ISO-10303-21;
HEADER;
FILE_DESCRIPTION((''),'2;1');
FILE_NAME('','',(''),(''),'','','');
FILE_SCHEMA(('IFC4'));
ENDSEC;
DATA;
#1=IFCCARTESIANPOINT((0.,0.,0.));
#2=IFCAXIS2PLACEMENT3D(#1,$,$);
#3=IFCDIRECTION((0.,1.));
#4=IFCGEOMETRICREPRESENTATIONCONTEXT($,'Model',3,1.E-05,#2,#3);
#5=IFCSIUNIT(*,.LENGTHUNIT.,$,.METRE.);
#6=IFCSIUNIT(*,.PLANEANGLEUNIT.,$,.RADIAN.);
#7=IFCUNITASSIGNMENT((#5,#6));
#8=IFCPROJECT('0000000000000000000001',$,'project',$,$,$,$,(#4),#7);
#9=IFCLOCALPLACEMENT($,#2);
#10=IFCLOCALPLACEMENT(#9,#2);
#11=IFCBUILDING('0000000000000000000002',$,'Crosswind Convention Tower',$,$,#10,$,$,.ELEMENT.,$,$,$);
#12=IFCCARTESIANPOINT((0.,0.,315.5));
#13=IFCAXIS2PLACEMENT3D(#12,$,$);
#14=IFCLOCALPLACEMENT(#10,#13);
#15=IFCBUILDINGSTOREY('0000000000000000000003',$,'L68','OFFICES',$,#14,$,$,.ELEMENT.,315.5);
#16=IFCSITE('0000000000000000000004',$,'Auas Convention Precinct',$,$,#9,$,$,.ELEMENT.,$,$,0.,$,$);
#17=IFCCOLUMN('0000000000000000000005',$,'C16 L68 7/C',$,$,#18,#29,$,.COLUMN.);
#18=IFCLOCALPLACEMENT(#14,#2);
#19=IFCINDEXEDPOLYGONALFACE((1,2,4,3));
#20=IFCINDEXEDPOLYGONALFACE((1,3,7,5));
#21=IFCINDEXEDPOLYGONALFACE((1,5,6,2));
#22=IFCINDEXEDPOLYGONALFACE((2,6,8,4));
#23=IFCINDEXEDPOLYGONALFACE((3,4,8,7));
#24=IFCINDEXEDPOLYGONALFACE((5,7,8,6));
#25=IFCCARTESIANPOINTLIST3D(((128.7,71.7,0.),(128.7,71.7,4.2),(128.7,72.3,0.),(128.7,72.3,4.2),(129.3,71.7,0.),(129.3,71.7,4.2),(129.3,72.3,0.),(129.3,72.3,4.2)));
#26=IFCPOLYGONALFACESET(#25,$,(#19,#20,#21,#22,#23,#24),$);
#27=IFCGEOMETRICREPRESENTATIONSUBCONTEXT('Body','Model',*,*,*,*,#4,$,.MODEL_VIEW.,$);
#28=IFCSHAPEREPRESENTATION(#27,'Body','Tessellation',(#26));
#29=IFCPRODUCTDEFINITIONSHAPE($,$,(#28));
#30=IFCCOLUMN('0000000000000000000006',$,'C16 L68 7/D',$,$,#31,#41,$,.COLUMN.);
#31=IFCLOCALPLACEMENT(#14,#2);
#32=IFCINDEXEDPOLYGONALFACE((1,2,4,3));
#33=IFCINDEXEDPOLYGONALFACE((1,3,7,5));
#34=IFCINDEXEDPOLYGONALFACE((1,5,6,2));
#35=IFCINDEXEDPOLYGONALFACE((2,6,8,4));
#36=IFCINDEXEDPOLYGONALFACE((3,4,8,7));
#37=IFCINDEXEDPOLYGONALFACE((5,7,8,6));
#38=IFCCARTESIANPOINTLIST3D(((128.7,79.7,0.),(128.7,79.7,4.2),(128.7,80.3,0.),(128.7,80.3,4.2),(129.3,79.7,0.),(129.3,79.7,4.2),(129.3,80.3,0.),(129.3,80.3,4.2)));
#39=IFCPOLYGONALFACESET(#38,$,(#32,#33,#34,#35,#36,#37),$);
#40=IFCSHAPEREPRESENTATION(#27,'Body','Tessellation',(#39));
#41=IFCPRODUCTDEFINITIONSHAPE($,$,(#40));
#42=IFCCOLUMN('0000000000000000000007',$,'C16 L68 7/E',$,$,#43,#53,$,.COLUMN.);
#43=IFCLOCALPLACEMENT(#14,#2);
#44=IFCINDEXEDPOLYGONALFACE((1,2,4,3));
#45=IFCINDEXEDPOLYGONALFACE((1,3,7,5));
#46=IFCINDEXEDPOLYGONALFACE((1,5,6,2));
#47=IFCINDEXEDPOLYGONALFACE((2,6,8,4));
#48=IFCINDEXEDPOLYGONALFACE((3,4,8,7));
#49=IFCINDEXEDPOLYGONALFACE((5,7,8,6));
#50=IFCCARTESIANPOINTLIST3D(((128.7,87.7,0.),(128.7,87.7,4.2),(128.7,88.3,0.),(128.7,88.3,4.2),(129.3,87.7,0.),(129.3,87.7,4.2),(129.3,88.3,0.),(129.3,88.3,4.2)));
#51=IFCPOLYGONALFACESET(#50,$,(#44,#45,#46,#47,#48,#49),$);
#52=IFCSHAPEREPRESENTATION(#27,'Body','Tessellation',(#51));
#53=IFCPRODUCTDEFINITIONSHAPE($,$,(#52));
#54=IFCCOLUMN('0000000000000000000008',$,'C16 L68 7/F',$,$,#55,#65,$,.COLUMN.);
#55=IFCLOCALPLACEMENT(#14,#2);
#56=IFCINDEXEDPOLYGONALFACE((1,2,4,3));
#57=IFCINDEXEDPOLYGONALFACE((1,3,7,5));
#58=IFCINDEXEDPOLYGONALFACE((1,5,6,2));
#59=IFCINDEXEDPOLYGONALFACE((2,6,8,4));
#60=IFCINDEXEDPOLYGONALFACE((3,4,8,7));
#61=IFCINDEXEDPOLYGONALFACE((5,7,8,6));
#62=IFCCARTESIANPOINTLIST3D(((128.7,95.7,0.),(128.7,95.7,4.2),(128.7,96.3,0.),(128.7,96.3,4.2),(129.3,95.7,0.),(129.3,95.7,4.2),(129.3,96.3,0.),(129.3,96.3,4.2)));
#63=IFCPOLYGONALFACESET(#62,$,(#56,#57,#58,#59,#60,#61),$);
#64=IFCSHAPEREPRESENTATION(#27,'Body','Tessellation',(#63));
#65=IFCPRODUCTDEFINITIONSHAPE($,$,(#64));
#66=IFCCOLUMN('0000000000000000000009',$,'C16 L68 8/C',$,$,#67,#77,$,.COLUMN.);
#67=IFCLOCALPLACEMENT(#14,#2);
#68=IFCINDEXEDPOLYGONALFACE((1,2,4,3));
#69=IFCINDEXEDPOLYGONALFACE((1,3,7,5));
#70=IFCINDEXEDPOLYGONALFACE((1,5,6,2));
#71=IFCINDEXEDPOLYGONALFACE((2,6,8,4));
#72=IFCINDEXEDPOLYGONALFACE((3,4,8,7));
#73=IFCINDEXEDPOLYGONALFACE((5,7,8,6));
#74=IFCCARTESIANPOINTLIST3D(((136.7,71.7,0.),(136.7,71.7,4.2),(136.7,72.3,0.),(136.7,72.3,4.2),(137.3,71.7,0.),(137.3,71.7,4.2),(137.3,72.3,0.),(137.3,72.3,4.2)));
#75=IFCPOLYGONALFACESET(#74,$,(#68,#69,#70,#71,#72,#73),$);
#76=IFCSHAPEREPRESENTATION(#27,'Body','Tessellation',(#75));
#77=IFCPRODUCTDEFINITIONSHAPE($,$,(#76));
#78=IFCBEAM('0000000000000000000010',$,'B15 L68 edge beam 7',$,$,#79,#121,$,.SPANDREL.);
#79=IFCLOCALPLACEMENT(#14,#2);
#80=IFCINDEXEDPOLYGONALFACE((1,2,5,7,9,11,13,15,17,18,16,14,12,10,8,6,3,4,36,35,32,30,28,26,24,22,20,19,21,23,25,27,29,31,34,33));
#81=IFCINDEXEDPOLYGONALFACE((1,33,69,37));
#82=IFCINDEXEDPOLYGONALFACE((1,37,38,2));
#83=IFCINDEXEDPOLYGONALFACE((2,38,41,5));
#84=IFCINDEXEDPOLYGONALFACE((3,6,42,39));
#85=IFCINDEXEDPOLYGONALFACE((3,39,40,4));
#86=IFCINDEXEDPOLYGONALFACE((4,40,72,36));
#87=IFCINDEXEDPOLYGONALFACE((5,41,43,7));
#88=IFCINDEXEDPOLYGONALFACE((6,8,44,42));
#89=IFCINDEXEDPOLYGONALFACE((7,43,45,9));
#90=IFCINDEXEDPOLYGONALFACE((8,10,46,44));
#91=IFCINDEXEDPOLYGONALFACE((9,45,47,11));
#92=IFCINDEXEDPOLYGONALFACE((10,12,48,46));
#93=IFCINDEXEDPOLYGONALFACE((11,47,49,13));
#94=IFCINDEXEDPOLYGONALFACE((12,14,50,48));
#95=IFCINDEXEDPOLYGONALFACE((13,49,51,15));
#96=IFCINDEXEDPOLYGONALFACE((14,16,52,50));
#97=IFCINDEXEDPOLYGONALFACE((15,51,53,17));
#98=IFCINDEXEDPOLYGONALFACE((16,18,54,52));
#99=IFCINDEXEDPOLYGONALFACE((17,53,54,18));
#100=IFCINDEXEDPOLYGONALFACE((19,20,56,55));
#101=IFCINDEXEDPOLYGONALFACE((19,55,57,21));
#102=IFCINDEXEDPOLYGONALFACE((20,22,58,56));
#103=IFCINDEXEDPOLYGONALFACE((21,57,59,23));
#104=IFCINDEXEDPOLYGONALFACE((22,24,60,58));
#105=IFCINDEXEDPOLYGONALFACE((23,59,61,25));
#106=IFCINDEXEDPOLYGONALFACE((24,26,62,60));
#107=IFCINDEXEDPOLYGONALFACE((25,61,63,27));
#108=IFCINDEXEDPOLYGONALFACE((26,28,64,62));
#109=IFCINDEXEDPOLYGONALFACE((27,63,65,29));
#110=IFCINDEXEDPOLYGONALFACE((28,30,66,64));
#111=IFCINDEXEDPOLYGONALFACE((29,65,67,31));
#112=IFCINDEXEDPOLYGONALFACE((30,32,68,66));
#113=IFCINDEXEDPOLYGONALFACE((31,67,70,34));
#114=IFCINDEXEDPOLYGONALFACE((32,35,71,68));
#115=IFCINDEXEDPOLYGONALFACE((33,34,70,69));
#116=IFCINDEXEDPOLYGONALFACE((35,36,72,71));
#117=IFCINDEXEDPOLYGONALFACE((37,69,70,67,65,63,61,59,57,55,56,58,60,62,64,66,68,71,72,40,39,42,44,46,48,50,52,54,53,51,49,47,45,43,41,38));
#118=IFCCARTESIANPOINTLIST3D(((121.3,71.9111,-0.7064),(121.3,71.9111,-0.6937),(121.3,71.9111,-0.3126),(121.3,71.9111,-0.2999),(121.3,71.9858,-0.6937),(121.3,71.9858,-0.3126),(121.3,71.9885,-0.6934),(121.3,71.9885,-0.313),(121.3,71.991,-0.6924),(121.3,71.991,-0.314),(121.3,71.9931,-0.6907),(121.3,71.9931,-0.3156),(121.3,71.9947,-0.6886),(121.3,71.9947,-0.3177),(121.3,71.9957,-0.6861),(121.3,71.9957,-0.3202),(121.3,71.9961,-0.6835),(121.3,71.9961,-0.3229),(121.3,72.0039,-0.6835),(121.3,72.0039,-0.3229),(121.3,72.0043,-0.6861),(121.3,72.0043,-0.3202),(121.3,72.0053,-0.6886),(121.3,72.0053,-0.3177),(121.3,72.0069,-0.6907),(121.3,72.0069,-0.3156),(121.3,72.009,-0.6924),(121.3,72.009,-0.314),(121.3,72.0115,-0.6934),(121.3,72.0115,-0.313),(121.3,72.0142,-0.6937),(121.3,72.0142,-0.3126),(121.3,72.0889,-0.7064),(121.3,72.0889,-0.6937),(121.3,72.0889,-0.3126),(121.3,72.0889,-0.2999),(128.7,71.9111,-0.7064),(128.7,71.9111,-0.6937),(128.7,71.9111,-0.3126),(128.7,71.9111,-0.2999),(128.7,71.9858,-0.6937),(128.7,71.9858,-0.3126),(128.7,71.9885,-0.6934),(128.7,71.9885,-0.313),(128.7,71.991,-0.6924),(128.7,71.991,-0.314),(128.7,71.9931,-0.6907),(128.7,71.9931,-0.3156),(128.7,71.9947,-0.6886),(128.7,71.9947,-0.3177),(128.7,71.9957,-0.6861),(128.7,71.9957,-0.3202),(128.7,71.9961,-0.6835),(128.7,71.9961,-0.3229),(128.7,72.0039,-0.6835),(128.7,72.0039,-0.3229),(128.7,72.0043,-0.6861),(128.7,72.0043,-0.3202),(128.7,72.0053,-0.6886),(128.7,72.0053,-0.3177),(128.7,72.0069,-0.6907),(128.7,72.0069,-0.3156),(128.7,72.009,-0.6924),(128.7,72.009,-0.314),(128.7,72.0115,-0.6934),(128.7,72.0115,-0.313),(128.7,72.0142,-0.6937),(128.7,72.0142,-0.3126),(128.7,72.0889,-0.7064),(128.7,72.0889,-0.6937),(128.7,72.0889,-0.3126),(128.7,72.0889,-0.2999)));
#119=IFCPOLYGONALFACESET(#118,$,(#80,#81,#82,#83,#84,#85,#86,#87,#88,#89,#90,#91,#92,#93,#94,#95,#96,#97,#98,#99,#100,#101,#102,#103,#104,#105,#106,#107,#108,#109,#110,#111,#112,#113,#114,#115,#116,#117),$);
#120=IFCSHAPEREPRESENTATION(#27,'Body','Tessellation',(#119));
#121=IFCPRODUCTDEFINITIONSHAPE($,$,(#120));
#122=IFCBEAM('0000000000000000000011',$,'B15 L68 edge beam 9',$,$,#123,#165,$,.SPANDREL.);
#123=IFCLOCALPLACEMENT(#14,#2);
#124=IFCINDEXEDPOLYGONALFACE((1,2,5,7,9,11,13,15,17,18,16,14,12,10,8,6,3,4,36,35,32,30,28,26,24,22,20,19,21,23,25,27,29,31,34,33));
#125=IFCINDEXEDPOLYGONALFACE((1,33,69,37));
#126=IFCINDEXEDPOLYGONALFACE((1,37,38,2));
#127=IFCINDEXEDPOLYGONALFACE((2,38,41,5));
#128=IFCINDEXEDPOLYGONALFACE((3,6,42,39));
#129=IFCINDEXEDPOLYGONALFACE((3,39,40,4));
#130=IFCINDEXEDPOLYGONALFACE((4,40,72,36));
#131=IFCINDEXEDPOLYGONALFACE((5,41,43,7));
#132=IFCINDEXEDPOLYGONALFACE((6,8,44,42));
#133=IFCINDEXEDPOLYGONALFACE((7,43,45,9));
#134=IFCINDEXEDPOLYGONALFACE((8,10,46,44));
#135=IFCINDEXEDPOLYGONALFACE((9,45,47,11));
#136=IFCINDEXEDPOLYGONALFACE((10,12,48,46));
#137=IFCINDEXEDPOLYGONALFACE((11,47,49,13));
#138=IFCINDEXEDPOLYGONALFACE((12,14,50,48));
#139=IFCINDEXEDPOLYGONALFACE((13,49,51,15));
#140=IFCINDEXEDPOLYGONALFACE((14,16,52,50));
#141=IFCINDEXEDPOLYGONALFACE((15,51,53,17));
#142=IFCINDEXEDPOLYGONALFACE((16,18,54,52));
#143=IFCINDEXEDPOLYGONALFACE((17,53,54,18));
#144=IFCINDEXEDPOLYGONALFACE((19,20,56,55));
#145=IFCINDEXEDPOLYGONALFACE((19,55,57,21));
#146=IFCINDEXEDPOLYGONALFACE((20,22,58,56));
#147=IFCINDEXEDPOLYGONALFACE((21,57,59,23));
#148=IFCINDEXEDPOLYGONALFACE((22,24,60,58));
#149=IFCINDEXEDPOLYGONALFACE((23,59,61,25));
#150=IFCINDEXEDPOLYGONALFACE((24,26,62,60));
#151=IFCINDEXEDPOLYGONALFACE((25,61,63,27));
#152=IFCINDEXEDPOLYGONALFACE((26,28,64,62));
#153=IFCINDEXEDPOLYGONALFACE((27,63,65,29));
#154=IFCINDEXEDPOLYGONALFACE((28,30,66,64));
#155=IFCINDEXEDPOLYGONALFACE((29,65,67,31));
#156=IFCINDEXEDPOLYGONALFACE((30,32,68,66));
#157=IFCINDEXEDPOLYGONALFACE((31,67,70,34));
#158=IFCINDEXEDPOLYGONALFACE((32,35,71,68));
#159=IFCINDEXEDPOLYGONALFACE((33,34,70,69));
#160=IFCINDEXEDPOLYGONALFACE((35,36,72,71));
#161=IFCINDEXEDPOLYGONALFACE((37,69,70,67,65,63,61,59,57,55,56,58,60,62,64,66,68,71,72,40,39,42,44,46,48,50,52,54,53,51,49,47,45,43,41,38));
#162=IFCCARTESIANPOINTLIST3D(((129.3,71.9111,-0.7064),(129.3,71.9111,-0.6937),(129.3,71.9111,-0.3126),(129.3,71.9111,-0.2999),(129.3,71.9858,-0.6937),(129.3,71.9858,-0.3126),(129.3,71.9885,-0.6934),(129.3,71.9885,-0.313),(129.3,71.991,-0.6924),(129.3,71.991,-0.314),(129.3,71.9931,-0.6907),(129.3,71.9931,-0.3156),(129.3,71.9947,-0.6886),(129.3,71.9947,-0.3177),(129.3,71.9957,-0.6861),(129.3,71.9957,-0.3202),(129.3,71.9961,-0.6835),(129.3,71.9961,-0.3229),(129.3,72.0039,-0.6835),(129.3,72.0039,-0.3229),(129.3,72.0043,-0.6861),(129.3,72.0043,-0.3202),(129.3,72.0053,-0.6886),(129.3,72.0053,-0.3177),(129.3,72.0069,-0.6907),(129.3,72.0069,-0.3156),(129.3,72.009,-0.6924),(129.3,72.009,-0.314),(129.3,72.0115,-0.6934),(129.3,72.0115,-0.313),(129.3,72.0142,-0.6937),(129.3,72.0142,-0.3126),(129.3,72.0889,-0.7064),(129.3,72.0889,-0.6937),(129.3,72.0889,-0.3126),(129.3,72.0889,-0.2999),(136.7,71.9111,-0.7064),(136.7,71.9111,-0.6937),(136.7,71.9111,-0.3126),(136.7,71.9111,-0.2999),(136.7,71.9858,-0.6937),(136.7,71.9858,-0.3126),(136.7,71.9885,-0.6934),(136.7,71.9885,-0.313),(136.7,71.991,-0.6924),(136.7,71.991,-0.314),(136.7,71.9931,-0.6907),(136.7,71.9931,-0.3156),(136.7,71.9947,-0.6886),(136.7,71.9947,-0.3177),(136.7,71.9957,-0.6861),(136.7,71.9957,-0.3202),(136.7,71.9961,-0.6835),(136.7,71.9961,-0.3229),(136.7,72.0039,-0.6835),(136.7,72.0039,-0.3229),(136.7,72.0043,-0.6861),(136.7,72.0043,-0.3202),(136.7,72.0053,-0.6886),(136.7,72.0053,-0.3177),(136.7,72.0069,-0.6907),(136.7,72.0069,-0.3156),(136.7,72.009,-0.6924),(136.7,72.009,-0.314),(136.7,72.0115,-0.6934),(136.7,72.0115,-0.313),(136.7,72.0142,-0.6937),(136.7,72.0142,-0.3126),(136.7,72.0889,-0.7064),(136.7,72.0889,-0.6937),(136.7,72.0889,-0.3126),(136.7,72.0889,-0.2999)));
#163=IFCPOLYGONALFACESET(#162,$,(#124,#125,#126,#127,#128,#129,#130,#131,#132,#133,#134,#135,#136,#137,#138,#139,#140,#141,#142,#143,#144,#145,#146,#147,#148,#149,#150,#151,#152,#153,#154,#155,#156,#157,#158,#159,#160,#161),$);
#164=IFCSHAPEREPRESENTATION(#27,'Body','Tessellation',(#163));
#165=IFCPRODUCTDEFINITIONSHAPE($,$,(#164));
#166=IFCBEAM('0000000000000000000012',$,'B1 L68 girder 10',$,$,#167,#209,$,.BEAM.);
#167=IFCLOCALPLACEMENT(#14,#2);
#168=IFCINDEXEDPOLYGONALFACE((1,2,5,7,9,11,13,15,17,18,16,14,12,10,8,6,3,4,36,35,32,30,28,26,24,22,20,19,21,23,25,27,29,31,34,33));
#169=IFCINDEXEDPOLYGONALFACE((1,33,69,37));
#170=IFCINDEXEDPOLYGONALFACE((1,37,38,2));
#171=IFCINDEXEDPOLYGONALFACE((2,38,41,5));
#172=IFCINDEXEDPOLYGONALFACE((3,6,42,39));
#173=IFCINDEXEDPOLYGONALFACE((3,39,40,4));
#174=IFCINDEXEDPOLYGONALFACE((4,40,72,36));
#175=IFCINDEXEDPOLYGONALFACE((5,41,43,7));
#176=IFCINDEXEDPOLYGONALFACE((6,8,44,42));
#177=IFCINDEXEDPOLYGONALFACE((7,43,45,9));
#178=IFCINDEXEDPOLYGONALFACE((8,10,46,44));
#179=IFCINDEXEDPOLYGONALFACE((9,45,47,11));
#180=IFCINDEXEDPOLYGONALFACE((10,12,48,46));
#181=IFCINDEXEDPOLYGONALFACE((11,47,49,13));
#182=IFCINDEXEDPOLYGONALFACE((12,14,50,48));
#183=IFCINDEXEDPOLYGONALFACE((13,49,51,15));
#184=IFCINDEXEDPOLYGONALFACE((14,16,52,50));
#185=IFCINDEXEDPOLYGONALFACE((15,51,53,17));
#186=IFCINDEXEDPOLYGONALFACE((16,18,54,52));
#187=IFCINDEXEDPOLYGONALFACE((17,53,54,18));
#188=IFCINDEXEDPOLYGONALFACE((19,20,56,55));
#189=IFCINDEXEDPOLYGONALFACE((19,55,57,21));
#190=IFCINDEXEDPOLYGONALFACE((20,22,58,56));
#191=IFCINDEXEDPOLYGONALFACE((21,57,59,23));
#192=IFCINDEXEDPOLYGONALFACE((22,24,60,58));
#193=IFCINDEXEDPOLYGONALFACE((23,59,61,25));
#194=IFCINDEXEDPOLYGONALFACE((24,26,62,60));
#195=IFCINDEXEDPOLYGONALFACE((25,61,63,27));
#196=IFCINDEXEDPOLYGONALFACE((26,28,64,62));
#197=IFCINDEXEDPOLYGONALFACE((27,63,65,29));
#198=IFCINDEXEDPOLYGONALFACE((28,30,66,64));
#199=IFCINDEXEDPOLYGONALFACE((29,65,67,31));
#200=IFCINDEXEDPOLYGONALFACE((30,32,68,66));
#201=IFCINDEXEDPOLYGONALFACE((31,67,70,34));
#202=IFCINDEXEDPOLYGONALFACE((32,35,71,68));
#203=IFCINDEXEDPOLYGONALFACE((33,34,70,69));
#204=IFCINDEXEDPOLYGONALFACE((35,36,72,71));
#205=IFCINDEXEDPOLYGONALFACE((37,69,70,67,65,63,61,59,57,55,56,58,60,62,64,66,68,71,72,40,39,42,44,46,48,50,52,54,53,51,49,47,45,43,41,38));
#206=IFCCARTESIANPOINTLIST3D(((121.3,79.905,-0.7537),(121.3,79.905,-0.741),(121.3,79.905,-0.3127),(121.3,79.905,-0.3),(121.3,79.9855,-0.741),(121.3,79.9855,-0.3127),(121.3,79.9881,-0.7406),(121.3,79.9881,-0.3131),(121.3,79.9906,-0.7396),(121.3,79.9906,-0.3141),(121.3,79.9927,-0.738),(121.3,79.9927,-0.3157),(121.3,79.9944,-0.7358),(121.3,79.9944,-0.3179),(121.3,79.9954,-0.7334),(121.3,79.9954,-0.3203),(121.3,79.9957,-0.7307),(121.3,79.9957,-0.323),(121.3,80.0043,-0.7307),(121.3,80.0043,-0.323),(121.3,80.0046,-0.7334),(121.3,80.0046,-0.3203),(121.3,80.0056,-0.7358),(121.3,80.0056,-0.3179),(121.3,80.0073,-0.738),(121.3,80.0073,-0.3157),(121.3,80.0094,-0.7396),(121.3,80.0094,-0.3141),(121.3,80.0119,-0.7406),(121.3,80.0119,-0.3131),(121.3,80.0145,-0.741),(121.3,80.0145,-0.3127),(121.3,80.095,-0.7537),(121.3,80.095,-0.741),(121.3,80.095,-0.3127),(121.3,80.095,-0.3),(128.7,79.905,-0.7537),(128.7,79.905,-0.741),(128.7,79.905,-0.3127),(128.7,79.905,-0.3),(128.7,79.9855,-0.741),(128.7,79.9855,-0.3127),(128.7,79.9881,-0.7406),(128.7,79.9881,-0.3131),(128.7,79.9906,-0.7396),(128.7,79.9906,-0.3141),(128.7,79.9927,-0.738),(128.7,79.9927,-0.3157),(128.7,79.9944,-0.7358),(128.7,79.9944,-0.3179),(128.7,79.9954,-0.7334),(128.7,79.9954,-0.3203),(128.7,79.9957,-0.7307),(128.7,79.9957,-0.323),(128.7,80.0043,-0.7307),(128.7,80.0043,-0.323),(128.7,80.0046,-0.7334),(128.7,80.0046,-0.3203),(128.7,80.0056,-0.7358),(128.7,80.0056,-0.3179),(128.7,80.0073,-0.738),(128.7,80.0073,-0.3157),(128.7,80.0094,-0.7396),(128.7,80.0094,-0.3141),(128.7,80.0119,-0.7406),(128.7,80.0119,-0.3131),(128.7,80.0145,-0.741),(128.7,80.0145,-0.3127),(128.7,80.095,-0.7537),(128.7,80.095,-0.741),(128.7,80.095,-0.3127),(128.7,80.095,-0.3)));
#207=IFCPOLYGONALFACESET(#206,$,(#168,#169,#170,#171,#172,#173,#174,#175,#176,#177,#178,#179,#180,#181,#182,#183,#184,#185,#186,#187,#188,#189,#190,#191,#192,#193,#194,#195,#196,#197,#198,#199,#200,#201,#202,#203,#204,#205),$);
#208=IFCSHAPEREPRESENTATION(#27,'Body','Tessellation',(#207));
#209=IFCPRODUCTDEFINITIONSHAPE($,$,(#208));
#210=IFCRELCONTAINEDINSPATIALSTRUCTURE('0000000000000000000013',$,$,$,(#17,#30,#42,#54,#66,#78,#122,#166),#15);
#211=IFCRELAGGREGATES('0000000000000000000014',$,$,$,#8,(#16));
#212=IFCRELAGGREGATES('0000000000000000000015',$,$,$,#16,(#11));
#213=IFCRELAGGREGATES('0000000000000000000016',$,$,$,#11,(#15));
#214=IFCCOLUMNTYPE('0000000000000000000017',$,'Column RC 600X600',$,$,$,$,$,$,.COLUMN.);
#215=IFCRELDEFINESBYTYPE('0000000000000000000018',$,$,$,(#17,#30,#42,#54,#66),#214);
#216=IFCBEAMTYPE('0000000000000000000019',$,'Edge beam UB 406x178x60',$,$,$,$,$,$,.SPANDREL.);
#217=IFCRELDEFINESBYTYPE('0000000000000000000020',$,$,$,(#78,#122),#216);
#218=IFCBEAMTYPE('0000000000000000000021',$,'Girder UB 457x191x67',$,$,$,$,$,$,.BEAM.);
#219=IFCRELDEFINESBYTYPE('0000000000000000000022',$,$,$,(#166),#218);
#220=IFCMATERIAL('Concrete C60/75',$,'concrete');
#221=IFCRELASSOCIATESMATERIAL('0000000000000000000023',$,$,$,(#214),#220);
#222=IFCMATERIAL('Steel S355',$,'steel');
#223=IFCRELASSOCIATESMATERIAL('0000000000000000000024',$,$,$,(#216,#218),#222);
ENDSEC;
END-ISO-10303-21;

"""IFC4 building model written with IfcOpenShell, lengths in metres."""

from ifc_helpers import new_model, si_unit, direction, frame, origin, origin_2d, place, context, subcontext, project, spatial, rectangle, i_section, extrude, material, material_profile, profile_set, type_object, element, save


model = new_model("IFC4")

# Units and contexts
model_context = context("Model", 3, precision=1e-05, world=origin(), true_north=direction((0.0, 1.0)))
body_context = subcontext(model_context, "Body", "Model", "MODEL_VIEW")
ifc_project = project(units=[si_unit("LENGTHUNIT", "METRE"), si_unit("PLANEANGLEUNIT", "RADIAN")], contexts=[model_context])

# Site, building, storey
site_placement = place(None, origin())
site = spatial("IfcSite", under=ifc_project, at=site_placement, Name="Auas Convention Precinct", CompositionType="ELEMENT", RefElevation=0.0)
building_placement = place(site_placement, origin())
building = spatial("IfcBuilding", under=site, at=building_placement, Name="Crosswind Convention Tower", CompositionType="ELEMENT")
storey_placement = place(building_placement, frame((0.0, 0.0, 315.5)))
storey = spatial("IfcBuildingStorey", under=building, at=storey_placement, Name="L68", Description="OFFICES", CompositionType="ELEMENT", Elevation=315.5)

# Columns
ifc_material_1 = material(Name="Concrete C60/75", Category="concrete")
ifc_material_profile_1 = material_profile(ifc_material_1, rectangle(XDim=0.6001, YDim=0.6001, at=origin_2d()), Name="RC 600X600")
ifc_profile_set_1 = profile_set([ifc_material_profile_1], Name="Concrete C60/75")
column_type = type_object("IfcColumnType", Name="Column RC 600X600", PredefinedType="COLUMN", material=ifc_profile_set_1)
for number, where, z_axis, x_axis, name in (
    (1, (129.0, 72.0, 0.0), (0.0, 0.0, 1.0), (1.0, 0.0, 0.0), "C16 L68 7/C"),
    (2, (129.0, 80.0, 0.0), (0.0, 0.0, 1.0), (1.0, 0.0, 0.0), "C16 L68 7/D"),
    (3, (129.0, 88.0, 0.0), (0.0, 0.0, 1.0), (1.0, 0.0, 0.0), "C16 L68 7/E"),
    (4, (129.0, 96.0, 0.0), (0.0, 0.0, 1.0), (1.0, 0.0, 0.0), "C16 L68 7/F"),
    (5, (137.0, 72.0, 0.0), (0.0, 0.0, 1.0), (1.0, 0.0, 0.0), "C16 L68 8/C"),
):
    element("IfcColumn", number, at=place(storey_placement, frame(where, z_axis=z_axis, x_axis=x_axis)), inside=storey, type_object=column_type, Name=name, PredefinedType="COLUMN", context=body_context, shape_type="SweptSolid", body=[
        extrude(rectangle(XDim=0.6001, YDim=0.6001, at=origin_2d()), origin(), (0.0, 0.0, 1.0), 4.2),
    ])

# Beams
ifc_material_2 = material(Name="Steel S355", Category="steel")
ifc_material_profile_2 = material_profile(ifc_material_2, i_section(OverallWidth=0.1777, OverallDepth=0.4065, WebThickness=0.0078, FlangeThickness=0.0127, FilletRadius=0.0103, at=origin_2d()), Name="UB 406x178x60")
ifc_profile_set_2 = profile_set([ifc_material_profile_2], Name="Steel S355")
beam_type_1 = type_object("IfcBeamType", Name="Edge beam UB 406x178x60", PredefinedType="SPANDREL", material=ifc_profile_set_2)
for number, where, z_axis, x_axis, name in (
    (6, (121.3, 72.0, -0.5032), (1.0, 0.0, 0.0), (0.0, 1.0, 0.0), "B15 L68 edge beam 7"),
    (7, (129.3, 72.0, -0.5032), (1.0, 0.0, 0.0), (0.0, 1.0, 0.0), "B15 L68 edge beam 9"),
):
    element("IfcBeam", number, at=place(storey_placement, frame(where, z_axis=z_axis, x_axis=x_axis)), inside=storey, type_object=beam_type_1, Name=name, PredefinedType="SPANDREL", context=body_context, shape_type="SweptSolid", body=[
        extrude(i_section(OverallWidth=0.1777, OverallDepth=0.4065, WebThickness=0.0078, FlangeThickness=0.0127, FilletRadius=0.0103, at=origin_2d()), origin(), (0.0, 0.0, 1.0), 7.3999),
    ])
ifc_material_profile_3 = material_profile(ifc_material_2, i_section(OverallWidth=0.1899, OverallDepth=0.4536, WebThickness=0.0085, FlangeThickness=0.0127, FilletRadius=0.0103, at=origin_2d()), Name="UB 457x191x67")
ifc_profile_set_3 = profile_set([ifc_material_profile_3], Name="Steel S355")
beam_type_2 = type_object("IfcBeamType", Name="Girder UB 457x191x67", PredefinedType="BEAM", material=ifc_profile_set_3)
for number, where, z_axis, x_axis, name in (
    (8, (121.3, 80.0, -0.5269), (1.0, 0.0, 0.0), (0.0, 1.0, 0.0), "B1 L68 girder 10"),
):
    element("IfcBeam", number, at=place(storey_placement, frame(where, z_axis=z_axis, x_axis=x_axis)), inside=storey, type_object=beam_type_2, Name=name, PredefinedType="BEAM", context=body_context, shape_type="SweptSolid", body=[
        extrude(i_section(OverallWidth=0.1899, OverallDepth=0.4536, WebThickness=0.0085, FlangeThickness=0.0127, FilletRadius=0.0103, at=origin_2d()), origin(), (0.0, 0.0, 1.0), 7.3999),
    ])

save(model, "model.ifc")
